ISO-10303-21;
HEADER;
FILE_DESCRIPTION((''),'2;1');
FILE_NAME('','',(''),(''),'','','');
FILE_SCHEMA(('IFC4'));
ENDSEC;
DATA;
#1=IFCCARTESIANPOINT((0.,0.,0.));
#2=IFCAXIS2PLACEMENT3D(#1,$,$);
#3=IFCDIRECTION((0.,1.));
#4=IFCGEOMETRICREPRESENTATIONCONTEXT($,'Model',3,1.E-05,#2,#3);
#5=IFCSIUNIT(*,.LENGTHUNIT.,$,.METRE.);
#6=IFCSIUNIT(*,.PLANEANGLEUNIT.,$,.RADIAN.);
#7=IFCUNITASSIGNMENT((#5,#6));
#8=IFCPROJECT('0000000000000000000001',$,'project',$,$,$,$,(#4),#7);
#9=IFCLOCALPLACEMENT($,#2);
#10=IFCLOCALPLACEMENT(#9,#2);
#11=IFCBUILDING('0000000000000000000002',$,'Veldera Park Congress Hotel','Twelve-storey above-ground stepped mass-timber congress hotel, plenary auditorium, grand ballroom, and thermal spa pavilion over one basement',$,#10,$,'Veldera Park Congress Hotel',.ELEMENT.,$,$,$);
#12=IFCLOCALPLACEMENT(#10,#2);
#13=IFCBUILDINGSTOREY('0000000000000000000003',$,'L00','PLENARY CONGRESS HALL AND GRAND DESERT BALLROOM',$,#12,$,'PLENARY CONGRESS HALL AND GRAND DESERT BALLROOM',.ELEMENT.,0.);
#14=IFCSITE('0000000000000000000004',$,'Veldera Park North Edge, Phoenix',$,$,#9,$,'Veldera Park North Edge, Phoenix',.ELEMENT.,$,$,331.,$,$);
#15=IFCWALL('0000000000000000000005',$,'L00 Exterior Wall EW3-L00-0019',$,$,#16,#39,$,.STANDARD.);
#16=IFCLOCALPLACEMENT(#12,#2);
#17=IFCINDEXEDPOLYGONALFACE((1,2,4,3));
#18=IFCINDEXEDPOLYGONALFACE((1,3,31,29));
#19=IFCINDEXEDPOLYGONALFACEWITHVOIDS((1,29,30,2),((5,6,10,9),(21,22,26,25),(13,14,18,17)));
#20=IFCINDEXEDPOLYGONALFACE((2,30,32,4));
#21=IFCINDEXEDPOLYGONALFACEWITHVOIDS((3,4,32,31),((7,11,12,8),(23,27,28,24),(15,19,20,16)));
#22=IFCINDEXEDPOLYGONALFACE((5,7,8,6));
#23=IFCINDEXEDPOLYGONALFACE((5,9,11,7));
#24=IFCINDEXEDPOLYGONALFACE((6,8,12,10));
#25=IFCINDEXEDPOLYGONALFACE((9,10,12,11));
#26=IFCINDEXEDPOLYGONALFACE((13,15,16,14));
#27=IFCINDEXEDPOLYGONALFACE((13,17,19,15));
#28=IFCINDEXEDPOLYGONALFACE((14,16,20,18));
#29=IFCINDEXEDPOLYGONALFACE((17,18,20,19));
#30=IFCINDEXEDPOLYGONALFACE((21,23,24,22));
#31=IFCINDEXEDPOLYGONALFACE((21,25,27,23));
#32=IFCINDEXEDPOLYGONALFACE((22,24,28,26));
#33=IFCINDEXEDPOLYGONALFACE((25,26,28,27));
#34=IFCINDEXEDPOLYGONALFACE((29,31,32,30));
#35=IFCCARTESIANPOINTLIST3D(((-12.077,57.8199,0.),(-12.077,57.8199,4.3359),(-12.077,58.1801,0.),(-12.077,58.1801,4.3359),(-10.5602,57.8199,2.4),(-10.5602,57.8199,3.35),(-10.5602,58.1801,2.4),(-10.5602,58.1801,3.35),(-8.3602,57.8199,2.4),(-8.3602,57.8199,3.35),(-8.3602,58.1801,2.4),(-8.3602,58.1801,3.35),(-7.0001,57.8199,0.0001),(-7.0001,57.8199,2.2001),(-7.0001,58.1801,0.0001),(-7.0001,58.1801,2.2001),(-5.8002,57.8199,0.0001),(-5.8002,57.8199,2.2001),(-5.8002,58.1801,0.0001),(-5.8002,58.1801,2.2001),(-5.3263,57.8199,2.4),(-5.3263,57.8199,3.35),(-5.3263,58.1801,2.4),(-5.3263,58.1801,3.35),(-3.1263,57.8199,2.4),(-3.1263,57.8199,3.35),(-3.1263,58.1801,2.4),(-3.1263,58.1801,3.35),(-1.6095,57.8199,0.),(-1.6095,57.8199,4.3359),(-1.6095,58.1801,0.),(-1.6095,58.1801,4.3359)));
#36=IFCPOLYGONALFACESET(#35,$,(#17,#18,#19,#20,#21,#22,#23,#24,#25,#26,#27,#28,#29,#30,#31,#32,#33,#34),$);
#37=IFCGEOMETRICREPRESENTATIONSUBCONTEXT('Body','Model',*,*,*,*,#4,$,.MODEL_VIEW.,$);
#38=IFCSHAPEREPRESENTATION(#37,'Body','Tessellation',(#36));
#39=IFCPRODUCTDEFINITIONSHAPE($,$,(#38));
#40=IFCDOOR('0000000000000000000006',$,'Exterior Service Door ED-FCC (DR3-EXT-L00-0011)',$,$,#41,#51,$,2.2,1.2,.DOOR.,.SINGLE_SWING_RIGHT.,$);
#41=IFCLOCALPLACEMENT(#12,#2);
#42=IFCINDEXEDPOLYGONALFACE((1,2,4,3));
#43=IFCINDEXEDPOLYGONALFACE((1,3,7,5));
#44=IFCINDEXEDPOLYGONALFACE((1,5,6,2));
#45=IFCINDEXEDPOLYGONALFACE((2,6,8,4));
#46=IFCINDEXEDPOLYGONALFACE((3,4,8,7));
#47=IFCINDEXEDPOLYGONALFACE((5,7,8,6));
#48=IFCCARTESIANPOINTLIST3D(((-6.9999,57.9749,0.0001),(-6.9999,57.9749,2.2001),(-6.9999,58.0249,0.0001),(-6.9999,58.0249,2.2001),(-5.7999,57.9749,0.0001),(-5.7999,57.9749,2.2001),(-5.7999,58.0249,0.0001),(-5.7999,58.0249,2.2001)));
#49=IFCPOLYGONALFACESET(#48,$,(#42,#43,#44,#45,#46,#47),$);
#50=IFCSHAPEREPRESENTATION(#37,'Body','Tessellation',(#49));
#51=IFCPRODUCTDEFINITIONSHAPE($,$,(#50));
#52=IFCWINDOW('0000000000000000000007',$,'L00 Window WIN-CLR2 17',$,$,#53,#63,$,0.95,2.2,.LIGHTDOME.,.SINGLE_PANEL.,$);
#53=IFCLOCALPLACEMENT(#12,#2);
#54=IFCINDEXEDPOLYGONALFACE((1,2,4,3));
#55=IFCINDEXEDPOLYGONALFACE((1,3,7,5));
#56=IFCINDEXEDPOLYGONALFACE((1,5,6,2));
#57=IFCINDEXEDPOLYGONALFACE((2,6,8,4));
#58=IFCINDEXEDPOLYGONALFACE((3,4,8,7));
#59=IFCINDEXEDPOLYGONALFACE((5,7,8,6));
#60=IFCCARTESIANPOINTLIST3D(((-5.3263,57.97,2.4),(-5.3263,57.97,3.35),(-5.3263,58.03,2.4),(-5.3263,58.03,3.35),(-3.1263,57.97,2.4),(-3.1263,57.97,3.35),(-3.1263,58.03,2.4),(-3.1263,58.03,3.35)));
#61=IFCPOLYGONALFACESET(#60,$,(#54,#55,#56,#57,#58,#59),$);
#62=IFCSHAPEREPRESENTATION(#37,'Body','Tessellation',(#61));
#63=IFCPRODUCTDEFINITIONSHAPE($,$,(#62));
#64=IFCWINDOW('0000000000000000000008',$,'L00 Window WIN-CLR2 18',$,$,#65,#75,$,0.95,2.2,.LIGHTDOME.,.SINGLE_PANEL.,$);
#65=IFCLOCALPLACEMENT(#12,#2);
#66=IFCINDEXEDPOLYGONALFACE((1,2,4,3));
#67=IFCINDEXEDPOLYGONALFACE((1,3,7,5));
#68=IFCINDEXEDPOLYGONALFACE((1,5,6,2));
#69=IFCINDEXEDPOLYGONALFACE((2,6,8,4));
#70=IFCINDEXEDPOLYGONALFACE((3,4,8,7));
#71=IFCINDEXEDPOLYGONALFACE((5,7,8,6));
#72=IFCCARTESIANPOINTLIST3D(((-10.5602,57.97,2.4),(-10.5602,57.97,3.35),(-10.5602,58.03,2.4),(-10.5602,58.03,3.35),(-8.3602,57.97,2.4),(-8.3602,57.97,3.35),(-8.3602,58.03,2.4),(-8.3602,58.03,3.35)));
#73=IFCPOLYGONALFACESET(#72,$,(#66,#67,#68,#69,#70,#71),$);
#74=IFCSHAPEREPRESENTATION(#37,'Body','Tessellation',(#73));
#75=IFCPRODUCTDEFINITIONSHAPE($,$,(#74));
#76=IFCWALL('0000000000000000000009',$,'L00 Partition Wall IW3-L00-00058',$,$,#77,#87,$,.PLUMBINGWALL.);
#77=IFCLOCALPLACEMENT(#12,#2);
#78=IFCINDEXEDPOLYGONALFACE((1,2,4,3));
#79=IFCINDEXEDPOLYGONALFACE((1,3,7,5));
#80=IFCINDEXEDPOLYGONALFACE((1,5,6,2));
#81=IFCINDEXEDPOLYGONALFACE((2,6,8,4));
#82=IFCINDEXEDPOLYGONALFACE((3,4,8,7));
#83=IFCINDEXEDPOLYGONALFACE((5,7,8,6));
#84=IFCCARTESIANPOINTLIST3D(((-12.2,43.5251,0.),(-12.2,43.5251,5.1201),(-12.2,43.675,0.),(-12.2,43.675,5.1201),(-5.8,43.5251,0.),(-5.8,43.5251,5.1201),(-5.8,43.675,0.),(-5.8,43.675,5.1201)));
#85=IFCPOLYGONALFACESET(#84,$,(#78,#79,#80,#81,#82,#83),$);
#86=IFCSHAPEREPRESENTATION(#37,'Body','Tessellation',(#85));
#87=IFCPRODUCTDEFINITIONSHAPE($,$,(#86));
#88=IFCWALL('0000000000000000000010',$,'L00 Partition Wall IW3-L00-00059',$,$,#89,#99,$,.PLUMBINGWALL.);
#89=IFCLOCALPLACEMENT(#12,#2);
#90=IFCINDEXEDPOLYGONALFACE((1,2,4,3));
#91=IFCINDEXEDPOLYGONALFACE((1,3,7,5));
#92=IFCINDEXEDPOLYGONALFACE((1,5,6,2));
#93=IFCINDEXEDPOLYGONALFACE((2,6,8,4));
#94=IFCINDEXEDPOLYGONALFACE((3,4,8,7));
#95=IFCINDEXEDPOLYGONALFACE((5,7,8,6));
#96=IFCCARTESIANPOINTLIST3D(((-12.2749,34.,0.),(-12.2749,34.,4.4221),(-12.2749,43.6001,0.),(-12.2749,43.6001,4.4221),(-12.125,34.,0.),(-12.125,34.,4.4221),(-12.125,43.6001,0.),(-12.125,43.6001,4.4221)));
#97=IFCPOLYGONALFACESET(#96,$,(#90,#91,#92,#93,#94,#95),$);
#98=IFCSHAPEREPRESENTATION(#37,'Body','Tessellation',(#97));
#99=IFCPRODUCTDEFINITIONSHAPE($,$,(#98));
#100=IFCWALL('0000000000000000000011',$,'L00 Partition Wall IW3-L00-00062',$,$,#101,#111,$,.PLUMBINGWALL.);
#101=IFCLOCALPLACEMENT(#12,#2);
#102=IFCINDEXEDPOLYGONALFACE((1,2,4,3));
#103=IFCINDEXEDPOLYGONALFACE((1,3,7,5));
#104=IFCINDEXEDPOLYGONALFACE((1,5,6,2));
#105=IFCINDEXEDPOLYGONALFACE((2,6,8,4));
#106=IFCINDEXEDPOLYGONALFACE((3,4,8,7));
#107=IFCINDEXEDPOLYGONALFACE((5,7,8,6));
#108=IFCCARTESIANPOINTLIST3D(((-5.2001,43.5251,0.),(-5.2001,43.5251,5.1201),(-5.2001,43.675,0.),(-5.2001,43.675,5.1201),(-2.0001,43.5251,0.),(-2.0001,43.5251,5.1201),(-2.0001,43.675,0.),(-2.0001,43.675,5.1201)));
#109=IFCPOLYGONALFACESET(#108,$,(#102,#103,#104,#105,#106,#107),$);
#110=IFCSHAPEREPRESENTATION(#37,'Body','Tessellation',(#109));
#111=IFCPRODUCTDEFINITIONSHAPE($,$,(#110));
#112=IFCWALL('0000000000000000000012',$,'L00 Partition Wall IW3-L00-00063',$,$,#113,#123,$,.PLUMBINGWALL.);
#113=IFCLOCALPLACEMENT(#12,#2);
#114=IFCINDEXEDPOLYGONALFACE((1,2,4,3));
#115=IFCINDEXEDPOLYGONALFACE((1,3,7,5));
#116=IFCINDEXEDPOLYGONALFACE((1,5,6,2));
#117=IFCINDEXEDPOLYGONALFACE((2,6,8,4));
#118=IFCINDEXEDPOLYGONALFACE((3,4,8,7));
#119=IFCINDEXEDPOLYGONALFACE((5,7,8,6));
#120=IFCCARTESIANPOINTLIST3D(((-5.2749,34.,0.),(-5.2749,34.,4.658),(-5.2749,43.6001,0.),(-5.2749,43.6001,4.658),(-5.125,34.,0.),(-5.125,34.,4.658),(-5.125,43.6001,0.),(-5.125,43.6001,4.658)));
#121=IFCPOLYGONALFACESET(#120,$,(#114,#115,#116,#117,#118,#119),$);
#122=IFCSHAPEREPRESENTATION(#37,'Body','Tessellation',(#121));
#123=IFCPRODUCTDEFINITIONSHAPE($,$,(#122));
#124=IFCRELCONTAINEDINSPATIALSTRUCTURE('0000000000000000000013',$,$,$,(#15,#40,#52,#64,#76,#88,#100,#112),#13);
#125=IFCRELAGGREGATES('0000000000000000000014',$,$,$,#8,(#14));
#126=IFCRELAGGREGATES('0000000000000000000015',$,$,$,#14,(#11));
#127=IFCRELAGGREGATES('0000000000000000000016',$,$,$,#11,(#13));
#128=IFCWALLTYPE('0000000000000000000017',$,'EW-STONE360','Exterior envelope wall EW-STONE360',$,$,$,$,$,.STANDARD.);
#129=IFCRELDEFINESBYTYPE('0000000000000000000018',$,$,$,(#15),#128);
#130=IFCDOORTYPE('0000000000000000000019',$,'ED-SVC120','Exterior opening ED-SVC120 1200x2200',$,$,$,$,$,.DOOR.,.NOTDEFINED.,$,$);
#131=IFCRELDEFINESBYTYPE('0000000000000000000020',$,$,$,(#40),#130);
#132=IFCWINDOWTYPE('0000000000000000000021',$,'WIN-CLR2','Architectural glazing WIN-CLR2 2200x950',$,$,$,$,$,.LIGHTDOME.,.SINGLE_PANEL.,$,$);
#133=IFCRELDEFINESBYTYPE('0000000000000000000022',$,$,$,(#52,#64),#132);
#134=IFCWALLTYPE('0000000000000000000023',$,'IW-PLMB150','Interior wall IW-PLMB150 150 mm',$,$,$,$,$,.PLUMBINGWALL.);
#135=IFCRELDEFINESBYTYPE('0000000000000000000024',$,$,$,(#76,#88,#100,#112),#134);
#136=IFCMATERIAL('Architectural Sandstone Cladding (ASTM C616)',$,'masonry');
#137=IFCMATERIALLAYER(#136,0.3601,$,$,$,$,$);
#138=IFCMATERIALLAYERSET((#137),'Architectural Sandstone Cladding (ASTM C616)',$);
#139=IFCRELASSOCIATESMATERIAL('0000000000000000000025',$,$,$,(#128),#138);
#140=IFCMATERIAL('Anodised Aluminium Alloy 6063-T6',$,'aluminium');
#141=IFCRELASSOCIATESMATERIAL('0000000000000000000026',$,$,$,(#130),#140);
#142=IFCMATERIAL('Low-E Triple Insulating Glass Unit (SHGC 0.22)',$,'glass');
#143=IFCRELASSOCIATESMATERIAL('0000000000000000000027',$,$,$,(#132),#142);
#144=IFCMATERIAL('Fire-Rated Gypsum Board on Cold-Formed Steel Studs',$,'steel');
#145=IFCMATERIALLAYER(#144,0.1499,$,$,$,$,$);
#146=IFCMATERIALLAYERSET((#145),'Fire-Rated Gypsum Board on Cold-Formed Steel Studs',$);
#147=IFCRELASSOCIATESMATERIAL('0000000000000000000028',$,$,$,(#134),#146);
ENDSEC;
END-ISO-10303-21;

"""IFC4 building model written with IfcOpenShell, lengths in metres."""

from ifc_helpers import new_model, si_unit, direction, frame, frame_2d, origin, place, context, subcontext, project, spatial, rectangle, extrude, material, layer, layer_set, type_object, element, fill, save


model = new_model("IFC4")

# Units and contexts
model_context = context("Model", 3, precision=1e-05, world=origin(), true_north=direction((0.0, 1.0)))
body_context = subcontext(model_context, "Body", "Model", "MODEL_VIEW")
ifc_project = project(units=[si_unit("LENGTHUNIT", "METRE"), si_unit("PLANEANGLEUNIT", "RADIAN")], contexts=[model_context])

# Site, building, storey
site_placement = place(None, origin())
site = spatial("IfcSite", under=ifc_project, at=site_placement, Name="Veldera Park North Edge, Phoenix", LongName="Veldera Park North Edge, Phoenix", CompositionType="ELEMENT", RefElevation=331.0)
building_placement = place(site_placement, origin())
building = spatial("IfcBuilding", under=site, at=building_placement, Name="Veldera Park Congress Hotel", Description="Twelve-storey above-ground stepped mass-timber congress hotel, plenary auditorium, grand ballroom, and thermal spa pavilion over one basement", LongName="Veldera Park Congress Hotel", CompositionType="ELEMENT")
storey_placement = place(building_placement, origin())
storey = spatial("IfcBuildingStorey", under=building, at=storey_placement, Name="L00", Description="PLENARY CONGRESS HALL AND GRAND DESERT BALLROOM", LongName="PLENARY CONGRESS HALL AND GRAND DESERT BALLROOM", CompositionType="ELEMENT", Elevation=0.0)

# Wall, openings, door, windows
ifc_material_1 = material(Name="Architectural Sandstone Cladding (ASTM C616)", Category="masonry")
ifc_layer_1 = layer(ifc_material_1, 0.3601)
ifc_layer_set_1 = layer_set([ifc_layer_1], Name="Architectural Sandstone Cladding (ASTM C616)")
wall_type_1 = type_object("IfcWallType", Name="EW-STONE360", Description="Exterior envelope wall EW-STONE360", PredefinedType="STANDARD", material=ifc_layer_set_1)
wall_1_placement = place(storey_placement, frame((-1.6094, 58.0, 0.0), z_axis=(0.0, 0.0, 1.0), x_axis=(-1.0, 0.0, 0.0)))
wall_1 = element("IfcWall", 1, at=wall_1_placement, inside=storey, type_object=wall_type_1, Name="L00 Exterior Wall EW3-L00-0019", PredefinedType="STANDARD", context=body_context, shape_type="SweptSolid", body=[
    extrude(rectangle(XDim=10.4675, YDim=0.3601, at=frame_2d((5.2339, 0.0))), origin(), (0.0, 0.0, 1.0), 4.3359),
])
opening_1_placement = place(wall_1_placement, frame((4.1907, 0.0, 0.0)))
opening_1 = element("IfcOpeningElement", 2, at=opening_1_placement, cuts=wall_1, PredefinedType="OPENING", context=body_context, shape_type="SweptSolid", body=[
    extrude(rectangle(XDim=1.2, YDim=2.2, at=frame_2d((0.6001, 1.1001))), frame((0.0, 0.1921, 0.0), z_axis=(0.0, -1.0, 0.0), x_axis=(1.0, 0.0, 0.0)), (0.0, 0.0, 1.0), 0.384),
])
opening_2_placement = place(wall_1_placement, frame((1.5168, 0.0, 2.3999)))
opening_2 = element("IfcOpeningElement", 3, at=opening_2_placement, cuts=wall_1, PredefinedType="OPENING", context=body_context, shape_type="SweptSolid", body=[
    extrude(rectangle(XDim=2.2, YDim=0.95, at=frame_2d((1.1001, 0.4751))), frame((0.0, 0.1921, 0.0), z_axis=(0.0, -1.0, 0.0), x_axis=(1.0, 0.0, 0.0)), (0.0, 0.0, 1.0), 0.384),
])
opening_3_placement = place(wall_1_placement, frame((6.7507, 0.0, 2.3999)))
opening_3 = element("IfcOpeningElement", 4, at=opening_3_placement, cuts=wall_1, PredefinedType="OPENING", context=body_context, shape_type="SweptSolid", body=[
    extrude(rectangle(XDim=2.2, YDim=0.95, at=frame_2d((1.1001, 0.4751))), frame((0.0, 0.1921, 0.0), z_axis=(0.0, -1.0, 0.0), x_axis=(1.0, 0.0, 0.0)), (0.0, 0.0, 1.0), 0.384),
])
ifc_material_2 = material(Name="Anodised Aluminium Alloy 6063-T6", Category="aluminium")
door_type = type_object("IfcDoorType", Name="ED-SVC120", Description="Exterior opening ED-SVC120 1200x2200", OperationType="NOTDEFINED", PredefinedType="DOOR", material=ifc_material_2)
door_placement = place(opening_1_placement, frame((1.2, 0.0, 0.0), z_axis=(0.0, 0.0, 1.0), x_axis=(-1.0, 0.0, 0.0)))
door = element("IfcDoor", 5, at=door_placement, inside=storey, type_object=door_type, Name="Exterior Service Door ED-FCC (DR3-EXT-L00-0011)", OperationType="SINGLE_SWING_RIGHT", OverallHeight=2.2, OverallWidth=1.2, PredefinedType="DOOR", context=body_context, shape_type="SweptSolid", body=[
    extrude(rectangle(XDim=1.2, YDim=2.2, at=frame_2d((0.6001, 1.1001))), frame((0.0, 0.0249, 0.0), z_axis=(0.0, -1.0, 0.0), x_axis=(1.0, 0.0, 0.0)), (0.0, 0.0, 1.0), 0.05),
])
fill(opening_1, door)
ifc_material_3 = material(Name="Low-E Triple Insulating Glass Unit (SHGC 0.22)", Category="glass")
window_type = type_object("IfcWindowType", Name="WIN-CLR2", Description="Architectural glazing WIN-CLR2 2200x950", PartitioningType="SINGLE_PANEL", PredefinedType="LIGHTDOME", material=ifc_material_3)
window_1_placement = place(opening_2_placement, origin())
window_1 = element("IfcWindow", 6, at=window_1_placement, inside=storey, type_object=window_type, Name="L00 Window WIN-CLR2 17", OverallHeight=0.95, OverallWidth=2.2, PartitioningType="SINGLE_PANEL", PredefinedType="LIGHTDOME", context=body_context, shape_type="SweptSolid", body=[
    extrude(rectangle(XDim=2.2, YDim=0.95, at=frame_2d((1.1001, 0.4751))), frame((0.0, 0.03, 0.0), z_axis=(0.0, -1.0, 0.0), x_axis=(1.0, 0.0, 0.0)), (0.0, 0.0, 1.0), 0.0601),
])
fill(opening_2, window_1)
window_2_placement = place(opening_3_placement, origin())
window_2 = element("IfcWindow", 7, at=window_2_placement, inside=storey, type_object=window_type, Name="L00 Window WIN-CLR2 18", OverallHeight=0.95, OverallWidth=2.2, PartitioningType="SINGLE_PANEL", PredefinedType="LIGHTDOME", context=body_context, shape_type="SweptSolid", body=[
    extrude(rectangle(XDim=2.2, YDim=0.95, at=frame_2d((1.1001, 0.4751))), frame((0.0, 0.03, 0.0), z_axis=(0.0, -1.0, 0.0), x_axis=(1.0, 0.0, 0.0)), (0.0, 0.0, 1.0), 0.0601),
])
fill(opening_3, window_2)

# Walls
ifc_material_4 = material(Name="Fire-Rated Gypsum Board on Cold-Formed Steel Studs", Category="steel")
ifc_layer_2 = layer(ifc_material_4, 0.1499)
ifc_layer_set_2 = layer_set([ifc_layer_2], Name="Fire-Rated Gypsum Board on Cold-Formed Steel Studs")
wall_type_2 = type_object("IfcWallType", Name="IW-PLMB150", Description="Interior wall IW-PLMB150 150 mm", PredefinedType="PLUMBINGWALL", material=ifc_layer_set_2)
wall_2_placement = place(storey_placement, frame((-5.8, 43.6001, 0.0), z_axis=(0.0, 0.0, 1.0), x_axis=(-1.0, 0.0, 0.0)))
element("IfcWall", 8, at=wall_2_placement, inside=storey, type_object=wall_type_2, Name="L00 Partition Wall IW3-L00-00058", PredefinedType="PLUMBINGWALL", context=body_context, shape_type="SweptSolid", body=[
    extrude(rectangle(XDim=6.3999, YDim=0.1499, at=frame_2d((3.2, 0.0))), origin(), (0.0, 0.0, 1.0), 5.1201),
])
wall_3_placement = place(storey_placement, frame((-12.2, 43.6001, 0.0), z_axis=(0.0, 0.0, 1.0), x_axis=(0.0, -1.0, 0.0)))
element("IfcWall", 9, at=wall_3_placement, inside=storey, type_object=wall_type_2, Name="L00 Partition Wall IW3-L00-00059", PredefinedType="PLUMBINGWALL", context=body_context, shape_type="SweptSolid", body=[
    extrude(rectangle(XDim=9.6001, YDim=0.1499, at=frame_2d((4.8, 0.0))), origin(), (0.0, 0.0, 1.0), 4.4221),
])
wall_4_placement = place(storey_placement, frame((-2.0, 43.6001, 0.0), z_axis=(0.0, 0.0, 1.0), x_axis=(-1.0, 0.0, 0.0)))
element("IfcWall", 10, at=wall_4_placement, inside=storey, type_object=wall_type_2, Name="L00 Partition Wall IW3-L00-00062", PredefinedType="PLUMBINGWALL", context=body_context, shape_type="SweptSolid", body=[
    extrude(rectangle(XDim=3.2, YDim=0.1499, at=frame_2d((1.6001, 0.0))), origin(), (0.0, 0.0, 1.0), 5.1201),
])
wall_5_placement = place(storey_placement, frame((-5.2, 43.6001, 0.0), z_axis=(0.0, 0.0, 1.0), x_axis=(0.0, -1.0, 0.0)))
element("IfcWall", 11, at=wall_5_placement, inside=storey, type_object=wall_type_2, Name="L00 Partition Wall IW3-L00-00063", PredefinedType="PLUMBINGWALL", context=body_context, shape_type="SweptSolid", body=[
    extrude(rectangle(XDim=9.6001, YDim=0.1499, at=frame_2d((4.8, 0.0))), origin(), (0.0, 0.0, 1.0), 4.658),
])

save(model, "model.ifc")
